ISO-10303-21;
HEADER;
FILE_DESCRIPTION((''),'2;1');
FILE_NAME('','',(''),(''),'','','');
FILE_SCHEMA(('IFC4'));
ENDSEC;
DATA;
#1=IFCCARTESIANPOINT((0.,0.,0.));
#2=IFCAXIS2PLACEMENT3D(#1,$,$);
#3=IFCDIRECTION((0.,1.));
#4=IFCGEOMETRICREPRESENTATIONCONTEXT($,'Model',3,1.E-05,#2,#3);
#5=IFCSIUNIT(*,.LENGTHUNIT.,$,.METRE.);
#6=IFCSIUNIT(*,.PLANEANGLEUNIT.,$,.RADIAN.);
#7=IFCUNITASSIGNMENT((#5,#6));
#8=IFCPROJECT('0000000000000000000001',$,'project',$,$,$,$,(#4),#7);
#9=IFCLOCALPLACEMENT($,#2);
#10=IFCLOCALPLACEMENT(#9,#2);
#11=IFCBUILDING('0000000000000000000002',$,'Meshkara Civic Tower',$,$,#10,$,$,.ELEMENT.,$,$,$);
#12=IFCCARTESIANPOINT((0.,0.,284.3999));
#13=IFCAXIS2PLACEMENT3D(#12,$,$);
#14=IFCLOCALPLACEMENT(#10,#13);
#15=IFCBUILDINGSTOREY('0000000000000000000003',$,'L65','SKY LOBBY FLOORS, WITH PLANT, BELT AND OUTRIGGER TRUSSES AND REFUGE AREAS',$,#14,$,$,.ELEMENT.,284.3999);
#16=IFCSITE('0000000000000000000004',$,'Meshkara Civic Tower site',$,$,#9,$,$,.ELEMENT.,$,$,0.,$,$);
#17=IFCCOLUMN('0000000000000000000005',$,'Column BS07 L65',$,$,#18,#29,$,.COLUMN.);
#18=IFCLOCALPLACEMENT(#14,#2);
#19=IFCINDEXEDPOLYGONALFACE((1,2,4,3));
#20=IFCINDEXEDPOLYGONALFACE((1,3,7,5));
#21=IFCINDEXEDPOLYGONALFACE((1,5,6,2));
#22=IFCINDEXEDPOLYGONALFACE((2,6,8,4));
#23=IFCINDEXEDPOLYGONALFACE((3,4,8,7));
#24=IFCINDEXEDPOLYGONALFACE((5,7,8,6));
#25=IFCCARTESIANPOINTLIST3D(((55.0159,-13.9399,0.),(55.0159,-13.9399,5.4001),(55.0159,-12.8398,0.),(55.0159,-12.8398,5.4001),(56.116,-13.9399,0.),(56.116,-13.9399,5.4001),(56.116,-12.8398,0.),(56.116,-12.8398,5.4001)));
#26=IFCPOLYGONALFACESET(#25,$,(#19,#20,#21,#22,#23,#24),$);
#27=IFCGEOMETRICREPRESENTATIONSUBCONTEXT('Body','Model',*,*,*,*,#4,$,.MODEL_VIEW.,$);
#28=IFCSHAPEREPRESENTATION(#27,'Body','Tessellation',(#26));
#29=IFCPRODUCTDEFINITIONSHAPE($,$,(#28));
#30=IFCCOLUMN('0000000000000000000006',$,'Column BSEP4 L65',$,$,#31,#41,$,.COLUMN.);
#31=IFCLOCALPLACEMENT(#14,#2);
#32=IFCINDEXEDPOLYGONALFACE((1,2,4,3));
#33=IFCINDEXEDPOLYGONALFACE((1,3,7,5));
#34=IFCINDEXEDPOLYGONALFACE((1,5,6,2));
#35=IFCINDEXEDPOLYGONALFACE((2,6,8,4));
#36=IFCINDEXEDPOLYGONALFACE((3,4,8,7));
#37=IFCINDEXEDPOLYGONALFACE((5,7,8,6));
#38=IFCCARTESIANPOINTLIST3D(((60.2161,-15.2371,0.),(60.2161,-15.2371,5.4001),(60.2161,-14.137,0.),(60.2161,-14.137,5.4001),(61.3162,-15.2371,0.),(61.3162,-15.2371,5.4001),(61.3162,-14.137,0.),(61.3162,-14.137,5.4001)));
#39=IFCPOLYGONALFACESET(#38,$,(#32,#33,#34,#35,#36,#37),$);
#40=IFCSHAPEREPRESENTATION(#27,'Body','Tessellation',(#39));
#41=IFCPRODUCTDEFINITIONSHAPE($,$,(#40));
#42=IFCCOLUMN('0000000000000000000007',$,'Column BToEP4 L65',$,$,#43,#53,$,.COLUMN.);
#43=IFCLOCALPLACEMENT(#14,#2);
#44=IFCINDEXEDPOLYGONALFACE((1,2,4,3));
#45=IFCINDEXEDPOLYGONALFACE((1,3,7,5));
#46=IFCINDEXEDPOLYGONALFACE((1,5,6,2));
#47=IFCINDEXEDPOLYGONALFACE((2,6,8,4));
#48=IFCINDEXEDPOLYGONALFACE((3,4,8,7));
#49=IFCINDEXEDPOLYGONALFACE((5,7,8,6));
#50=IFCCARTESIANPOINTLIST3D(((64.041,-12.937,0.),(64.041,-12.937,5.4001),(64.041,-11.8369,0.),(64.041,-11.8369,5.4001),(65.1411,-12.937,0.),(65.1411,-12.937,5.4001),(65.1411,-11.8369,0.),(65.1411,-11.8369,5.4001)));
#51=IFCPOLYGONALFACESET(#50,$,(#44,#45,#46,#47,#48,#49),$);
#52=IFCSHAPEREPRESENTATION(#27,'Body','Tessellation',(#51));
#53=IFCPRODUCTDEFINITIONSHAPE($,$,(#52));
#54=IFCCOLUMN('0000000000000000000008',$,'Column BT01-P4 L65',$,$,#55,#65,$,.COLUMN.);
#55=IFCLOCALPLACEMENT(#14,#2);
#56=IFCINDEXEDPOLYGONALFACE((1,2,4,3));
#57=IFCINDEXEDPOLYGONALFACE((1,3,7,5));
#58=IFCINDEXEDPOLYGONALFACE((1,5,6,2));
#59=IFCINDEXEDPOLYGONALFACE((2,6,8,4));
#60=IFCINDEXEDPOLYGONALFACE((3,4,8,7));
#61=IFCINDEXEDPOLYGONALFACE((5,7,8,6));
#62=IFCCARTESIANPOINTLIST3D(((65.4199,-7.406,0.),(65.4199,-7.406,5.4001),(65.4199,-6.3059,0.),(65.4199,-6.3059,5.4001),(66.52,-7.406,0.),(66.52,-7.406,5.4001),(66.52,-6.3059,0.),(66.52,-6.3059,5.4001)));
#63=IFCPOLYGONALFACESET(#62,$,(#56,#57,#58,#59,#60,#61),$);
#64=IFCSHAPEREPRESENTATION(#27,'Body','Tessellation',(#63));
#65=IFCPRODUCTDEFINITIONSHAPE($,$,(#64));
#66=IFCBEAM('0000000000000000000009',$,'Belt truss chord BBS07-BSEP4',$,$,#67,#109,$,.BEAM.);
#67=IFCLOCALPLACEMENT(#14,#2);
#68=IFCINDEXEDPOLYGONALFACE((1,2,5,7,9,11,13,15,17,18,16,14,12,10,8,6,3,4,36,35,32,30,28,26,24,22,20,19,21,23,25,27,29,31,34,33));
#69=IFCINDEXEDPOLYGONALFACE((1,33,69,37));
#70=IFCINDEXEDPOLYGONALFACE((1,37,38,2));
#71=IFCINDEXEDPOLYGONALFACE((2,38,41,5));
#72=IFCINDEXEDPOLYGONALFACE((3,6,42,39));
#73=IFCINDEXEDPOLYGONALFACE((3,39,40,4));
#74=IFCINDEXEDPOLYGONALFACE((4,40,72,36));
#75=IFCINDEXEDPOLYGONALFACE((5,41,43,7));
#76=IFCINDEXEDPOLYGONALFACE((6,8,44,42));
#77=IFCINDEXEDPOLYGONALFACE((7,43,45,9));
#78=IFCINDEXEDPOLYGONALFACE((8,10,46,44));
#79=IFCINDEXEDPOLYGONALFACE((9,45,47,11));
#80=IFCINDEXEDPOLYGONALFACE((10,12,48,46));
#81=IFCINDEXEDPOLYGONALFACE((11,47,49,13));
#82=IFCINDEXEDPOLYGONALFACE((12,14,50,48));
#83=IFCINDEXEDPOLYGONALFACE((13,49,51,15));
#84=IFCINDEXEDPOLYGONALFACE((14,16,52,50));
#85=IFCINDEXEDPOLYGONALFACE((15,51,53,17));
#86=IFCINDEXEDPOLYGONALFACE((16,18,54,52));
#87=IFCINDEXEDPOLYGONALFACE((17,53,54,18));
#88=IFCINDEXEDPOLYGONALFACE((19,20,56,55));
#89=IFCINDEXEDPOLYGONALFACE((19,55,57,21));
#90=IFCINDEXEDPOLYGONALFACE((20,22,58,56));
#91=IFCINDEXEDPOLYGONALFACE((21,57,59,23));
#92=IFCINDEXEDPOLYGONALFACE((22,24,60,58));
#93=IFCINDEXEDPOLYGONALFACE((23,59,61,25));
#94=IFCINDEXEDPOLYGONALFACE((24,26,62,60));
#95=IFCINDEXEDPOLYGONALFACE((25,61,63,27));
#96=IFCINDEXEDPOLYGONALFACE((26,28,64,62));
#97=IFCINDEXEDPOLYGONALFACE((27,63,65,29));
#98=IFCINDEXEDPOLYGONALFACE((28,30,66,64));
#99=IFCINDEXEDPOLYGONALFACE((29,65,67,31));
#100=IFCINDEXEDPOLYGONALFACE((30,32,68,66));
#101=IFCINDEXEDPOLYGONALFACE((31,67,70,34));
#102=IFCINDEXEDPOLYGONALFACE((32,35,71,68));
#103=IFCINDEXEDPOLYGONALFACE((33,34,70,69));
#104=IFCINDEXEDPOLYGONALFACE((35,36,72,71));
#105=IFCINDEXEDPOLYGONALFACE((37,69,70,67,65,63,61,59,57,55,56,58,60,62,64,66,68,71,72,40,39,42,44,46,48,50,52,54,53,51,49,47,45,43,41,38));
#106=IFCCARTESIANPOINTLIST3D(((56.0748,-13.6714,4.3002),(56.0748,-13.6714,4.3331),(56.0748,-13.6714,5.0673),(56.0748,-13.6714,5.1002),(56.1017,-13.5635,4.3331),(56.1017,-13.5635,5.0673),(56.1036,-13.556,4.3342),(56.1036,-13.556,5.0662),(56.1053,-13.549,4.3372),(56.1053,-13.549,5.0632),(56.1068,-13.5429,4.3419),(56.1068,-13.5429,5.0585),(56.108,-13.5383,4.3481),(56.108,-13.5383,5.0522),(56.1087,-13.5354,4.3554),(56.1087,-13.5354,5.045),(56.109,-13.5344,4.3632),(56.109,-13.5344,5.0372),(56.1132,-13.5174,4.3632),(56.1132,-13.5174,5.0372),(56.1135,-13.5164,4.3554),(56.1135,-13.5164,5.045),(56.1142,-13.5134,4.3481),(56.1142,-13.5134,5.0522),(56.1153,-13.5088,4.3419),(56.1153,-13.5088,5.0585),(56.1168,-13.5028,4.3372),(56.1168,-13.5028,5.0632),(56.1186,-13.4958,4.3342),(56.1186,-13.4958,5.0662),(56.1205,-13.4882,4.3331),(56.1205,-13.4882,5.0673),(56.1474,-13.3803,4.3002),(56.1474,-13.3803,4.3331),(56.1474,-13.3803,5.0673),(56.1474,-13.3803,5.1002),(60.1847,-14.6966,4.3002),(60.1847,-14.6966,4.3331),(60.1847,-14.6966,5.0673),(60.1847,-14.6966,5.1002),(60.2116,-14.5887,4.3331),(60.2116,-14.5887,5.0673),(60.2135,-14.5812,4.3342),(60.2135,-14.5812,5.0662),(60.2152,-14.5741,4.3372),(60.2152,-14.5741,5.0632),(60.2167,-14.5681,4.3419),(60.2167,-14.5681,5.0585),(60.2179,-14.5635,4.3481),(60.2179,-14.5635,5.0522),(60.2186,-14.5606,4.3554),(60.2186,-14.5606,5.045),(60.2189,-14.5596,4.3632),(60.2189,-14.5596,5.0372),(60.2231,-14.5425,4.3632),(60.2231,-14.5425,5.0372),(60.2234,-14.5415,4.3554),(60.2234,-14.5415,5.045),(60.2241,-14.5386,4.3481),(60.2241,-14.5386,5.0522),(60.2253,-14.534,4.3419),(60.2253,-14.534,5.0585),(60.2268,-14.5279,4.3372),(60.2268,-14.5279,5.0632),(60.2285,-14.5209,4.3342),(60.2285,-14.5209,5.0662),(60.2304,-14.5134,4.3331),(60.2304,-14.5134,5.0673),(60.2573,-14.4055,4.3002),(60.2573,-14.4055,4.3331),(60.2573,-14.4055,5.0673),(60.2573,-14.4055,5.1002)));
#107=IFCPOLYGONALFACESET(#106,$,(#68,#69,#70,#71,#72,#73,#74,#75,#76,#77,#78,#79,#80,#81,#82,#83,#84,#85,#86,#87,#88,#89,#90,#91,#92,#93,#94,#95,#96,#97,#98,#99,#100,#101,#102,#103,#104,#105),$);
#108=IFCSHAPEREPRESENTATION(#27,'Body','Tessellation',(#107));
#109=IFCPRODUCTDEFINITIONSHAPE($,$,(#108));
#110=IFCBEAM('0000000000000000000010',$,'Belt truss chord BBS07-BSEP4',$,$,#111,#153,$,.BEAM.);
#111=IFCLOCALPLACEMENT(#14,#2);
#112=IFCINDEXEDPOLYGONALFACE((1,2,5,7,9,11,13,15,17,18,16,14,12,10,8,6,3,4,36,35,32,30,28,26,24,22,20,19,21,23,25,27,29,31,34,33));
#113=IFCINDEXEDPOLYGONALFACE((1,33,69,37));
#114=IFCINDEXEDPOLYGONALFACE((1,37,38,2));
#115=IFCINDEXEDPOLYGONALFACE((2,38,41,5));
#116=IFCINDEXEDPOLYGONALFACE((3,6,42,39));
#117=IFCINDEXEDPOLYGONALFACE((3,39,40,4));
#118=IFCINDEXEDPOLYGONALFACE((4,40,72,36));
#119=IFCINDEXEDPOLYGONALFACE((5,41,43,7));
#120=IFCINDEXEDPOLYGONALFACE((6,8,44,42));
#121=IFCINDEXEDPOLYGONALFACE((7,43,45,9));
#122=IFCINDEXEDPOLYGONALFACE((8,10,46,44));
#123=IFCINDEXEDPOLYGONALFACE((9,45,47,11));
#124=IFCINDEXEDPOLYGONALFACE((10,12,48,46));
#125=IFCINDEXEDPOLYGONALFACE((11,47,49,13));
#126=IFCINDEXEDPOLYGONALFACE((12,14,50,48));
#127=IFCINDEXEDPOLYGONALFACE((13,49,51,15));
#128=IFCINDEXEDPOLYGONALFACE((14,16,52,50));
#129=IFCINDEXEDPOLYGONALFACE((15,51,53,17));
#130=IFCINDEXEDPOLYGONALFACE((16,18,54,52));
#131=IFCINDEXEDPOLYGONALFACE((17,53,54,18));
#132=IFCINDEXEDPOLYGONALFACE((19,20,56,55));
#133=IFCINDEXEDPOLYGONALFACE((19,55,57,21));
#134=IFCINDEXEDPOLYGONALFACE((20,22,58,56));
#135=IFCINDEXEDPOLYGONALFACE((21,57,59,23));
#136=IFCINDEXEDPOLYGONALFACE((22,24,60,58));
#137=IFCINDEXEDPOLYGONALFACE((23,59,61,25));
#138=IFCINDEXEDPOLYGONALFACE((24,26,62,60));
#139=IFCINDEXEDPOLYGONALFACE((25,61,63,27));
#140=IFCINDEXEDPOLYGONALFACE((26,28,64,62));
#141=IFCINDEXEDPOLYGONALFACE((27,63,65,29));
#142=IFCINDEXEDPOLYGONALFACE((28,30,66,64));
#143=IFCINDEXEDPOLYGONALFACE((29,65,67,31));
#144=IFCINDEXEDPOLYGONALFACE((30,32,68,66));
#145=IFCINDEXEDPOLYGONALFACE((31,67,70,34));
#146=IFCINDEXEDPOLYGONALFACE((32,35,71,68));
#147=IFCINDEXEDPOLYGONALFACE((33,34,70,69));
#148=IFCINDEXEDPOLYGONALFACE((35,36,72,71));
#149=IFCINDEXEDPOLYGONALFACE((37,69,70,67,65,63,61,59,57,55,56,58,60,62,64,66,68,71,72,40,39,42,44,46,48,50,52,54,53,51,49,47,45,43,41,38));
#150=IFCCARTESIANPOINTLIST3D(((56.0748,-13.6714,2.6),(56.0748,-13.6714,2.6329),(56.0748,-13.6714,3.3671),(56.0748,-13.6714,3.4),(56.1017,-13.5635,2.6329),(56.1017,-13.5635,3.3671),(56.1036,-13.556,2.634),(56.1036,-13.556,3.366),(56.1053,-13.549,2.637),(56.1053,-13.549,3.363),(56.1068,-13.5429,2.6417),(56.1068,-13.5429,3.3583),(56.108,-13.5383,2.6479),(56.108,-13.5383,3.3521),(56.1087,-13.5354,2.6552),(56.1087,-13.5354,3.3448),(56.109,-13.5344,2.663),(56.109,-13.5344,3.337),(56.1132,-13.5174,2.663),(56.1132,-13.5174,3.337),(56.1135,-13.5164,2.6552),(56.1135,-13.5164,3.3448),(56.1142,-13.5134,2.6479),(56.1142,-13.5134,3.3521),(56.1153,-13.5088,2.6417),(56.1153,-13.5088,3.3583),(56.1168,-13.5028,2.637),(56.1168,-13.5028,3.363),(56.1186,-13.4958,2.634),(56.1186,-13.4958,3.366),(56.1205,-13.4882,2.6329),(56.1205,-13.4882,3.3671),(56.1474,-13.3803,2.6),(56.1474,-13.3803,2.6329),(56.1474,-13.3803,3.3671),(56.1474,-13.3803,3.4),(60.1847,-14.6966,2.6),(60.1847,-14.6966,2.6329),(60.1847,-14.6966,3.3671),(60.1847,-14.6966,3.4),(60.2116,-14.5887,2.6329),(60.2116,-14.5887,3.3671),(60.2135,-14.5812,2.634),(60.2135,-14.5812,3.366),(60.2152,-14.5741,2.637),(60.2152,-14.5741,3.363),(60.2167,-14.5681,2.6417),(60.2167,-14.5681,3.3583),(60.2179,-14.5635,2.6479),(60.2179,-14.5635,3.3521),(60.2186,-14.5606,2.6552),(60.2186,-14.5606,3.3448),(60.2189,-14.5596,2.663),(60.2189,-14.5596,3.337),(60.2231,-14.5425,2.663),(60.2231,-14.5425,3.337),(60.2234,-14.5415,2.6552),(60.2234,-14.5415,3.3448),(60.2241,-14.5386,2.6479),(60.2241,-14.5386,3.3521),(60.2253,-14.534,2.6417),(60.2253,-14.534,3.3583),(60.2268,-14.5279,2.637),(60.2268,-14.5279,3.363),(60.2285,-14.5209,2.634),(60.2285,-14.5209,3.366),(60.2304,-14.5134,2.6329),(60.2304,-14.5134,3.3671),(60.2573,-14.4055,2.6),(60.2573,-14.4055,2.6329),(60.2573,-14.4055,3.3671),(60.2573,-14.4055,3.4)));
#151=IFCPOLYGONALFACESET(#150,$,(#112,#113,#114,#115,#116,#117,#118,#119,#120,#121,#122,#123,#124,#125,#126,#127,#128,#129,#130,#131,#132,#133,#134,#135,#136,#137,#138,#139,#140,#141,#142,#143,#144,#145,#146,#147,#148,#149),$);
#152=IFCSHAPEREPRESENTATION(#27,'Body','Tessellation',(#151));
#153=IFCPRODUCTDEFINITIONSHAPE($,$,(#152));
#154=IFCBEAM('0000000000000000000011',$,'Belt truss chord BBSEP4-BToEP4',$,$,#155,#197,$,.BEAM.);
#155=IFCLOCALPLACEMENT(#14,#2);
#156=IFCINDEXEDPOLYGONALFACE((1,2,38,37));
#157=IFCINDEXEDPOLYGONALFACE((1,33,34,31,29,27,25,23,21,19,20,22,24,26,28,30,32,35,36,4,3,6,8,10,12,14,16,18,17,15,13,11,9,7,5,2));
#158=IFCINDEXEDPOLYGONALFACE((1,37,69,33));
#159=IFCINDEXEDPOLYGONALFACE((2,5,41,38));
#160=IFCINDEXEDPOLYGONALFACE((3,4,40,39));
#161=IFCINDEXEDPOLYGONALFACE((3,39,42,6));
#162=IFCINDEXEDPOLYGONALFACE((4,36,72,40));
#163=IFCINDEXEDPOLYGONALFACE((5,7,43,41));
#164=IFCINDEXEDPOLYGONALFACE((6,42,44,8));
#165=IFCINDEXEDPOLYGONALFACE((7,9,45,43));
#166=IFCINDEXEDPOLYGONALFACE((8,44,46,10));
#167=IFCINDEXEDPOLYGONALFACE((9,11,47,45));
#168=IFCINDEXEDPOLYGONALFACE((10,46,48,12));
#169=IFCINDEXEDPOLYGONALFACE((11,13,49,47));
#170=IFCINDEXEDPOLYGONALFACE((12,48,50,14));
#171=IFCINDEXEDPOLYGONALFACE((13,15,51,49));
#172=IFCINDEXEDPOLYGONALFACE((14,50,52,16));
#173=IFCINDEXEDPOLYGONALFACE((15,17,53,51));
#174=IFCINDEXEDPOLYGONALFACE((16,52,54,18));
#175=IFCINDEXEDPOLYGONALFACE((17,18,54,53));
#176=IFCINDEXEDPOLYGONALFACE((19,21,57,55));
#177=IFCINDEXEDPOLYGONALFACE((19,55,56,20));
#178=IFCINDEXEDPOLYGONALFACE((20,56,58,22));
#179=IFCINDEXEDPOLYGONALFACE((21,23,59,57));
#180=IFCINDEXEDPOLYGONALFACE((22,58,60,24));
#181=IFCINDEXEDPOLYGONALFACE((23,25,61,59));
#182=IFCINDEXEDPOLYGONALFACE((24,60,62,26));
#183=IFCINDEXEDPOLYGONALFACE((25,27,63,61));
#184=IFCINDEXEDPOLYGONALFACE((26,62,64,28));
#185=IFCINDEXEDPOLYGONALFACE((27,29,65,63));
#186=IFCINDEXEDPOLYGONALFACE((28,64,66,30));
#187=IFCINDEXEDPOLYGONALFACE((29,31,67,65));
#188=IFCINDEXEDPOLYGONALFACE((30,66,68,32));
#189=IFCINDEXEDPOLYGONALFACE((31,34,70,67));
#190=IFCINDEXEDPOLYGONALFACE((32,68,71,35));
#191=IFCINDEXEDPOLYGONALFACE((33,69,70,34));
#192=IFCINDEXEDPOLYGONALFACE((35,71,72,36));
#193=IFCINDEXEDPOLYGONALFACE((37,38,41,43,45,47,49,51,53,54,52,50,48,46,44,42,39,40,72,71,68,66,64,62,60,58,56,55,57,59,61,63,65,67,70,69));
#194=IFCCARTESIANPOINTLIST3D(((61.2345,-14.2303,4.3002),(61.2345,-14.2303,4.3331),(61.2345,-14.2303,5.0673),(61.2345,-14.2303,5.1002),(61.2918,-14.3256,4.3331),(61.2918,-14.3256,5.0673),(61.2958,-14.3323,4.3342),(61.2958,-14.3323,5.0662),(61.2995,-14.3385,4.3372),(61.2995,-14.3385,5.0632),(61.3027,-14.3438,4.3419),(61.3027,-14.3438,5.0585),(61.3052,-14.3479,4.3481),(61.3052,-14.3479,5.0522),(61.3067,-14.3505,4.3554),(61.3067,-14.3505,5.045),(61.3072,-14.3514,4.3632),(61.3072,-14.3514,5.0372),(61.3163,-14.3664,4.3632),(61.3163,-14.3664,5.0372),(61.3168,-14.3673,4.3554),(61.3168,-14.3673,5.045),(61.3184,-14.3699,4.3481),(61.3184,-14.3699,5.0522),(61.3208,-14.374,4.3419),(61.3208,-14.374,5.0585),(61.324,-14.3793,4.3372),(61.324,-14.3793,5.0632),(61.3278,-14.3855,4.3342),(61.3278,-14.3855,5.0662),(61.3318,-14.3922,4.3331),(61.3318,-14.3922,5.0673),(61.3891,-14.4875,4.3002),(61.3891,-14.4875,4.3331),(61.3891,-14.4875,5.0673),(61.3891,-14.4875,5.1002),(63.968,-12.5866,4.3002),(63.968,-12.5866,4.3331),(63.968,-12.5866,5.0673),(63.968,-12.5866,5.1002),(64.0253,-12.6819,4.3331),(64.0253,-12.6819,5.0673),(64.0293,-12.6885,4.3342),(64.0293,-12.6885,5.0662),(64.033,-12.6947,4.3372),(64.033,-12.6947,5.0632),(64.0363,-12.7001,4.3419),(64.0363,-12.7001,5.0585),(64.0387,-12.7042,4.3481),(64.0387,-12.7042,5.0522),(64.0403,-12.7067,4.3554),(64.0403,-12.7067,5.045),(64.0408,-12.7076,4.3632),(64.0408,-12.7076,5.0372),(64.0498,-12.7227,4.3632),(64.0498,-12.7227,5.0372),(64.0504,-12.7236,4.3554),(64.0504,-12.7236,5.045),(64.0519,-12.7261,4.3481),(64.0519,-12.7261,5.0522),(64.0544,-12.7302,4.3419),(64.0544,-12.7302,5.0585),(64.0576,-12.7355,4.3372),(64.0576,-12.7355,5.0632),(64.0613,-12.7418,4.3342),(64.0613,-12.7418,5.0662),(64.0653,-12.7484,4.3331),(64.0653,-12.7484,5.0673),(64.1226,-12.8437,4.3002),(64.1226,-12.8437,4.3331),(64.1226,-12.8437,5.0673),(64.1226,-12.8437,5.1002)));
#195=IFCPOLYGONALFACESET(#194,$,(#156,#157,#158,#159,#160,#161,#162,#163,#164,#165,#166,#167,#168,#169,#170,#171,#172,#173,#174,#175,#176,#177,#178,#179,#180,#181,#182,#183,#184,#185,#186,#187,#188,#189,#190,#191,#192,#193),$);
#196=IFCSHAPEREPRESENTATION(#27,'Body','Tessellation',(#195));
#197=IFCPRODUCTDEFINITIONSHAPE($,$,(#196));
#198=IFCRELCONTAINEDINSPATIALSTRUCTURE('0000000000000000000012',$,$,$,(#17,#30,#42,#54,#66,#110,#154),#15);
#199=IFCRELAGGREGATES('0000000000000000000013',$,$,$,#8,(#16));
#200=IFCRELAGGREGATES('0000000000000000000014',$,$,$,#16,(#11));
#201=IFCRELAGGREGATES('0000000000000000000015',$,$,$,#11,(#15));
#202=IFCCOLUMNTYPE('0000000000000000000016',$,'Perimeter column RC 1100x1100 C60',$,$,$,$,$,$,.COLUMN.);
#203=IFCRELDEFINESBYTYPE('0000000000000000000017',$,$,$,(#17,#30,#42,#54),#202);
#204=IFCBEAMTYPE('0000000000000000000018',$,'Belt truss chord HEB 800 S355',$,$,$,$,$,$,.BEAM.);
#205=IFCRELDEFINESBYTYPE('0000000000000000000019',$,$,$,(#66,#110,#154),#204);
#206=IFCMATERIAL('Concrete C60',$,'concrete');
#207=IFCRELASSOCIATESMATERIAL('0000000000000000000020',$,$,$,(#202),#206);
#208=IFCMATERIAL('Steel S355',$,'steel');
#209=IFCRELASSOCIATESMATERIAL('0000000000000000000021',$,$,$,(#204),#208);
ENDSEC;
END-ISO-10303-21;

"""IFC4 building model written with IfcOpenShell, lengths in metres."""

from ifc_helpers import new_model, si_unit, direction, frame, origin, origin_2d, place, context, subcontext, project, spatial, rectangle, i_section, extrude, material, material_profile, profile_set, type_object, element, save


model = new_model("IFC4")

# Units and contexts
model_context = context("Model", 3, precision=1e-05, world=origin(), true_north=direction((0.0, 1.0)))
body_context = subcontext(model_context, "Body", "Model", "MODEL_VIEW")
ifc_project = project(units=[si_unit("LENGTHUNIT", "METRE"), si_unit("PLANEANGLEUNIT", "RADIAN")], contexts=[model_context])

# Site, building, storey
site_placement = place(None, origin())
site = spatial("IfcSite", under=ifc_project, at=site_placement, Name="Meshkara Civic Tower site", CompositionType="ELEMENT", RefElevation=0.0)
building_placement = place(site_placement, origin())
building = spatial("IfcBuilding", under=site, at=building_placement, Name="Meshkara Civic Tower", CompositionType="ELEMENT")
storey_placement = place(building_placement, frame((0.0, 0.0, 284.3999)))
storey = spatial("IfcBuildingStorey", under=building, at=storey_placement, Name="L65", Description="SKY LOBBY FLOORS, WITH PLANT, BELT AND OUTRIGGER TRUSSES AND REFUGE AREAS", CompositionType="ELEMENT", Elevation=284.3999)

# Columns
ifc_material_1 = material(Name="Concrete C60", Category="concrete")
ifc_material_profile_1 = material_profile(ifc_material_1, rectangle(XDim=1.1001, YDim=1.1001, at=origin_2d()))
ifc_profile_set_1 = profile_set([ifc_material_profile_1], Name="Concrete C60")
column_type = type_object("IfcColumnType", Name="Perimeter column RC 1100x1100 C60", PredefinedType="COLUMN", material=ifc_profile_set_1)
for number, where, z_axis, x_axis, name in (
    (1, (55.5659, -13.3899, 0.0), (0.0, 0.0, 1.0), (1.0, 0.0, 0.0), "Column BS07 L65"),
    (2, (60.7661, -14.687, 0.0), (0.0, 0.0, 1.0), (1.0, 0.0, 0.0), "Column BSEP4 L65"),
    (3, (64.5911, -12.387, 0.0), (0.0, 0.0, 1.0), (1.0, 0.0, 0.0), "Column BToEP4 L65"),
    (4, (65.97, -6.856, 0.0), (0.0, 0.0, 1.0), (1.0, 0.0, 0.0), "Column BT01-P4 L65"),
):
    element("IfcColumn", number, at=place(storey_placement, frame(where, z_axis=z_axis, x_axis=x_axis)), inside=storey, type_object=column_type, Name=name, PredefinedType="COLUMN", context=body_context, shape_type="SweptSolid", body=[
        extrude(rectangle(XDim=1.1001, YDim=1.1001, at=origin_2d()), origin(), (0.0, 0.0, 1.0), 5.4001),
    ])

# Beams
ifc_material_2 = material(Name="Steel S355", Category="steel")
ifc_material_profile_2 = material_profile(ifc_material_2, i_section(OverallWidth=0.3, OverallDepth=0.8, WebThickness=0.0176, FlangeThickness=0.033, FilletRadius=0.03, at=origin_2d()))
ifc_profile_set_2 = profile_set([ifc_material_profile_2], Name="Steel S355")
beam_type = type_object("IfcBeamType", Name="Belt truss chord HEB 800 S355", PredefinedType="BEAM", material=ifc_profile_set_2)
for number, where, z_axis, x_axis, name in (
    (5, (56.1111, -13.5259, 4.7002), (0.970271, -0.24202, 0.0), (0.24202, 0.970271, 0.0), "Belt truss chord BBS07-BSEP4"),
    (6, (56.1111, -13.5259, 3.0), (0.970271, -0.24202, 0.0), (0.24202, 0.970271, 0.0), "Belt truss chord BBS07-BSEP4"),
):
    element("IfcBeam", number, at=place(storey_placement, frame(where, z_axis=z_axis, x_axis=x_axis)), inside=storey, type_object=beam_type, Name=name, PredefinedType="BEAM", context=body_context, shape_type="SweptSolid", body=[
        extrude(i_section(OverallWidth=0.3, OverallDepth=0.8, WebThickness=0.0176, FlangeThickness=0.033, FilletRadius=0.03, at=origin_2d()), origin(), (0.0, 0.0, 1.0), 4.2358),
    ])
for number, where, z_axis, x_axis, name in (
    (7, (61.3118, -14.3589, 4.7002), (0.856993, 0.515328, 0.0), (-0.515328, 0.856993, 0.0), "Belt truss chord BBSEP4-BToEP4"),
):
    element("IfcBeam", number, at=place(storey_placement, frame(where, z_axis=z_axis, x_axis=x_axis)), inside=storey, type_object=beam_type, Name=name, PredefinedType="BEAM", context=body_context, shape_type="SweptSolid", body=[
        extrude(i_section(OverallWidth=0.3, OverallDepth=0.8, WebThickness=0.0176, FlangeThickness=0.033, FilletRadius=0.03, at=origin_2d()), origin(), (0.0, 0.0, 1.0), 3.1897),
    ])

save(model, "model.ifc")
